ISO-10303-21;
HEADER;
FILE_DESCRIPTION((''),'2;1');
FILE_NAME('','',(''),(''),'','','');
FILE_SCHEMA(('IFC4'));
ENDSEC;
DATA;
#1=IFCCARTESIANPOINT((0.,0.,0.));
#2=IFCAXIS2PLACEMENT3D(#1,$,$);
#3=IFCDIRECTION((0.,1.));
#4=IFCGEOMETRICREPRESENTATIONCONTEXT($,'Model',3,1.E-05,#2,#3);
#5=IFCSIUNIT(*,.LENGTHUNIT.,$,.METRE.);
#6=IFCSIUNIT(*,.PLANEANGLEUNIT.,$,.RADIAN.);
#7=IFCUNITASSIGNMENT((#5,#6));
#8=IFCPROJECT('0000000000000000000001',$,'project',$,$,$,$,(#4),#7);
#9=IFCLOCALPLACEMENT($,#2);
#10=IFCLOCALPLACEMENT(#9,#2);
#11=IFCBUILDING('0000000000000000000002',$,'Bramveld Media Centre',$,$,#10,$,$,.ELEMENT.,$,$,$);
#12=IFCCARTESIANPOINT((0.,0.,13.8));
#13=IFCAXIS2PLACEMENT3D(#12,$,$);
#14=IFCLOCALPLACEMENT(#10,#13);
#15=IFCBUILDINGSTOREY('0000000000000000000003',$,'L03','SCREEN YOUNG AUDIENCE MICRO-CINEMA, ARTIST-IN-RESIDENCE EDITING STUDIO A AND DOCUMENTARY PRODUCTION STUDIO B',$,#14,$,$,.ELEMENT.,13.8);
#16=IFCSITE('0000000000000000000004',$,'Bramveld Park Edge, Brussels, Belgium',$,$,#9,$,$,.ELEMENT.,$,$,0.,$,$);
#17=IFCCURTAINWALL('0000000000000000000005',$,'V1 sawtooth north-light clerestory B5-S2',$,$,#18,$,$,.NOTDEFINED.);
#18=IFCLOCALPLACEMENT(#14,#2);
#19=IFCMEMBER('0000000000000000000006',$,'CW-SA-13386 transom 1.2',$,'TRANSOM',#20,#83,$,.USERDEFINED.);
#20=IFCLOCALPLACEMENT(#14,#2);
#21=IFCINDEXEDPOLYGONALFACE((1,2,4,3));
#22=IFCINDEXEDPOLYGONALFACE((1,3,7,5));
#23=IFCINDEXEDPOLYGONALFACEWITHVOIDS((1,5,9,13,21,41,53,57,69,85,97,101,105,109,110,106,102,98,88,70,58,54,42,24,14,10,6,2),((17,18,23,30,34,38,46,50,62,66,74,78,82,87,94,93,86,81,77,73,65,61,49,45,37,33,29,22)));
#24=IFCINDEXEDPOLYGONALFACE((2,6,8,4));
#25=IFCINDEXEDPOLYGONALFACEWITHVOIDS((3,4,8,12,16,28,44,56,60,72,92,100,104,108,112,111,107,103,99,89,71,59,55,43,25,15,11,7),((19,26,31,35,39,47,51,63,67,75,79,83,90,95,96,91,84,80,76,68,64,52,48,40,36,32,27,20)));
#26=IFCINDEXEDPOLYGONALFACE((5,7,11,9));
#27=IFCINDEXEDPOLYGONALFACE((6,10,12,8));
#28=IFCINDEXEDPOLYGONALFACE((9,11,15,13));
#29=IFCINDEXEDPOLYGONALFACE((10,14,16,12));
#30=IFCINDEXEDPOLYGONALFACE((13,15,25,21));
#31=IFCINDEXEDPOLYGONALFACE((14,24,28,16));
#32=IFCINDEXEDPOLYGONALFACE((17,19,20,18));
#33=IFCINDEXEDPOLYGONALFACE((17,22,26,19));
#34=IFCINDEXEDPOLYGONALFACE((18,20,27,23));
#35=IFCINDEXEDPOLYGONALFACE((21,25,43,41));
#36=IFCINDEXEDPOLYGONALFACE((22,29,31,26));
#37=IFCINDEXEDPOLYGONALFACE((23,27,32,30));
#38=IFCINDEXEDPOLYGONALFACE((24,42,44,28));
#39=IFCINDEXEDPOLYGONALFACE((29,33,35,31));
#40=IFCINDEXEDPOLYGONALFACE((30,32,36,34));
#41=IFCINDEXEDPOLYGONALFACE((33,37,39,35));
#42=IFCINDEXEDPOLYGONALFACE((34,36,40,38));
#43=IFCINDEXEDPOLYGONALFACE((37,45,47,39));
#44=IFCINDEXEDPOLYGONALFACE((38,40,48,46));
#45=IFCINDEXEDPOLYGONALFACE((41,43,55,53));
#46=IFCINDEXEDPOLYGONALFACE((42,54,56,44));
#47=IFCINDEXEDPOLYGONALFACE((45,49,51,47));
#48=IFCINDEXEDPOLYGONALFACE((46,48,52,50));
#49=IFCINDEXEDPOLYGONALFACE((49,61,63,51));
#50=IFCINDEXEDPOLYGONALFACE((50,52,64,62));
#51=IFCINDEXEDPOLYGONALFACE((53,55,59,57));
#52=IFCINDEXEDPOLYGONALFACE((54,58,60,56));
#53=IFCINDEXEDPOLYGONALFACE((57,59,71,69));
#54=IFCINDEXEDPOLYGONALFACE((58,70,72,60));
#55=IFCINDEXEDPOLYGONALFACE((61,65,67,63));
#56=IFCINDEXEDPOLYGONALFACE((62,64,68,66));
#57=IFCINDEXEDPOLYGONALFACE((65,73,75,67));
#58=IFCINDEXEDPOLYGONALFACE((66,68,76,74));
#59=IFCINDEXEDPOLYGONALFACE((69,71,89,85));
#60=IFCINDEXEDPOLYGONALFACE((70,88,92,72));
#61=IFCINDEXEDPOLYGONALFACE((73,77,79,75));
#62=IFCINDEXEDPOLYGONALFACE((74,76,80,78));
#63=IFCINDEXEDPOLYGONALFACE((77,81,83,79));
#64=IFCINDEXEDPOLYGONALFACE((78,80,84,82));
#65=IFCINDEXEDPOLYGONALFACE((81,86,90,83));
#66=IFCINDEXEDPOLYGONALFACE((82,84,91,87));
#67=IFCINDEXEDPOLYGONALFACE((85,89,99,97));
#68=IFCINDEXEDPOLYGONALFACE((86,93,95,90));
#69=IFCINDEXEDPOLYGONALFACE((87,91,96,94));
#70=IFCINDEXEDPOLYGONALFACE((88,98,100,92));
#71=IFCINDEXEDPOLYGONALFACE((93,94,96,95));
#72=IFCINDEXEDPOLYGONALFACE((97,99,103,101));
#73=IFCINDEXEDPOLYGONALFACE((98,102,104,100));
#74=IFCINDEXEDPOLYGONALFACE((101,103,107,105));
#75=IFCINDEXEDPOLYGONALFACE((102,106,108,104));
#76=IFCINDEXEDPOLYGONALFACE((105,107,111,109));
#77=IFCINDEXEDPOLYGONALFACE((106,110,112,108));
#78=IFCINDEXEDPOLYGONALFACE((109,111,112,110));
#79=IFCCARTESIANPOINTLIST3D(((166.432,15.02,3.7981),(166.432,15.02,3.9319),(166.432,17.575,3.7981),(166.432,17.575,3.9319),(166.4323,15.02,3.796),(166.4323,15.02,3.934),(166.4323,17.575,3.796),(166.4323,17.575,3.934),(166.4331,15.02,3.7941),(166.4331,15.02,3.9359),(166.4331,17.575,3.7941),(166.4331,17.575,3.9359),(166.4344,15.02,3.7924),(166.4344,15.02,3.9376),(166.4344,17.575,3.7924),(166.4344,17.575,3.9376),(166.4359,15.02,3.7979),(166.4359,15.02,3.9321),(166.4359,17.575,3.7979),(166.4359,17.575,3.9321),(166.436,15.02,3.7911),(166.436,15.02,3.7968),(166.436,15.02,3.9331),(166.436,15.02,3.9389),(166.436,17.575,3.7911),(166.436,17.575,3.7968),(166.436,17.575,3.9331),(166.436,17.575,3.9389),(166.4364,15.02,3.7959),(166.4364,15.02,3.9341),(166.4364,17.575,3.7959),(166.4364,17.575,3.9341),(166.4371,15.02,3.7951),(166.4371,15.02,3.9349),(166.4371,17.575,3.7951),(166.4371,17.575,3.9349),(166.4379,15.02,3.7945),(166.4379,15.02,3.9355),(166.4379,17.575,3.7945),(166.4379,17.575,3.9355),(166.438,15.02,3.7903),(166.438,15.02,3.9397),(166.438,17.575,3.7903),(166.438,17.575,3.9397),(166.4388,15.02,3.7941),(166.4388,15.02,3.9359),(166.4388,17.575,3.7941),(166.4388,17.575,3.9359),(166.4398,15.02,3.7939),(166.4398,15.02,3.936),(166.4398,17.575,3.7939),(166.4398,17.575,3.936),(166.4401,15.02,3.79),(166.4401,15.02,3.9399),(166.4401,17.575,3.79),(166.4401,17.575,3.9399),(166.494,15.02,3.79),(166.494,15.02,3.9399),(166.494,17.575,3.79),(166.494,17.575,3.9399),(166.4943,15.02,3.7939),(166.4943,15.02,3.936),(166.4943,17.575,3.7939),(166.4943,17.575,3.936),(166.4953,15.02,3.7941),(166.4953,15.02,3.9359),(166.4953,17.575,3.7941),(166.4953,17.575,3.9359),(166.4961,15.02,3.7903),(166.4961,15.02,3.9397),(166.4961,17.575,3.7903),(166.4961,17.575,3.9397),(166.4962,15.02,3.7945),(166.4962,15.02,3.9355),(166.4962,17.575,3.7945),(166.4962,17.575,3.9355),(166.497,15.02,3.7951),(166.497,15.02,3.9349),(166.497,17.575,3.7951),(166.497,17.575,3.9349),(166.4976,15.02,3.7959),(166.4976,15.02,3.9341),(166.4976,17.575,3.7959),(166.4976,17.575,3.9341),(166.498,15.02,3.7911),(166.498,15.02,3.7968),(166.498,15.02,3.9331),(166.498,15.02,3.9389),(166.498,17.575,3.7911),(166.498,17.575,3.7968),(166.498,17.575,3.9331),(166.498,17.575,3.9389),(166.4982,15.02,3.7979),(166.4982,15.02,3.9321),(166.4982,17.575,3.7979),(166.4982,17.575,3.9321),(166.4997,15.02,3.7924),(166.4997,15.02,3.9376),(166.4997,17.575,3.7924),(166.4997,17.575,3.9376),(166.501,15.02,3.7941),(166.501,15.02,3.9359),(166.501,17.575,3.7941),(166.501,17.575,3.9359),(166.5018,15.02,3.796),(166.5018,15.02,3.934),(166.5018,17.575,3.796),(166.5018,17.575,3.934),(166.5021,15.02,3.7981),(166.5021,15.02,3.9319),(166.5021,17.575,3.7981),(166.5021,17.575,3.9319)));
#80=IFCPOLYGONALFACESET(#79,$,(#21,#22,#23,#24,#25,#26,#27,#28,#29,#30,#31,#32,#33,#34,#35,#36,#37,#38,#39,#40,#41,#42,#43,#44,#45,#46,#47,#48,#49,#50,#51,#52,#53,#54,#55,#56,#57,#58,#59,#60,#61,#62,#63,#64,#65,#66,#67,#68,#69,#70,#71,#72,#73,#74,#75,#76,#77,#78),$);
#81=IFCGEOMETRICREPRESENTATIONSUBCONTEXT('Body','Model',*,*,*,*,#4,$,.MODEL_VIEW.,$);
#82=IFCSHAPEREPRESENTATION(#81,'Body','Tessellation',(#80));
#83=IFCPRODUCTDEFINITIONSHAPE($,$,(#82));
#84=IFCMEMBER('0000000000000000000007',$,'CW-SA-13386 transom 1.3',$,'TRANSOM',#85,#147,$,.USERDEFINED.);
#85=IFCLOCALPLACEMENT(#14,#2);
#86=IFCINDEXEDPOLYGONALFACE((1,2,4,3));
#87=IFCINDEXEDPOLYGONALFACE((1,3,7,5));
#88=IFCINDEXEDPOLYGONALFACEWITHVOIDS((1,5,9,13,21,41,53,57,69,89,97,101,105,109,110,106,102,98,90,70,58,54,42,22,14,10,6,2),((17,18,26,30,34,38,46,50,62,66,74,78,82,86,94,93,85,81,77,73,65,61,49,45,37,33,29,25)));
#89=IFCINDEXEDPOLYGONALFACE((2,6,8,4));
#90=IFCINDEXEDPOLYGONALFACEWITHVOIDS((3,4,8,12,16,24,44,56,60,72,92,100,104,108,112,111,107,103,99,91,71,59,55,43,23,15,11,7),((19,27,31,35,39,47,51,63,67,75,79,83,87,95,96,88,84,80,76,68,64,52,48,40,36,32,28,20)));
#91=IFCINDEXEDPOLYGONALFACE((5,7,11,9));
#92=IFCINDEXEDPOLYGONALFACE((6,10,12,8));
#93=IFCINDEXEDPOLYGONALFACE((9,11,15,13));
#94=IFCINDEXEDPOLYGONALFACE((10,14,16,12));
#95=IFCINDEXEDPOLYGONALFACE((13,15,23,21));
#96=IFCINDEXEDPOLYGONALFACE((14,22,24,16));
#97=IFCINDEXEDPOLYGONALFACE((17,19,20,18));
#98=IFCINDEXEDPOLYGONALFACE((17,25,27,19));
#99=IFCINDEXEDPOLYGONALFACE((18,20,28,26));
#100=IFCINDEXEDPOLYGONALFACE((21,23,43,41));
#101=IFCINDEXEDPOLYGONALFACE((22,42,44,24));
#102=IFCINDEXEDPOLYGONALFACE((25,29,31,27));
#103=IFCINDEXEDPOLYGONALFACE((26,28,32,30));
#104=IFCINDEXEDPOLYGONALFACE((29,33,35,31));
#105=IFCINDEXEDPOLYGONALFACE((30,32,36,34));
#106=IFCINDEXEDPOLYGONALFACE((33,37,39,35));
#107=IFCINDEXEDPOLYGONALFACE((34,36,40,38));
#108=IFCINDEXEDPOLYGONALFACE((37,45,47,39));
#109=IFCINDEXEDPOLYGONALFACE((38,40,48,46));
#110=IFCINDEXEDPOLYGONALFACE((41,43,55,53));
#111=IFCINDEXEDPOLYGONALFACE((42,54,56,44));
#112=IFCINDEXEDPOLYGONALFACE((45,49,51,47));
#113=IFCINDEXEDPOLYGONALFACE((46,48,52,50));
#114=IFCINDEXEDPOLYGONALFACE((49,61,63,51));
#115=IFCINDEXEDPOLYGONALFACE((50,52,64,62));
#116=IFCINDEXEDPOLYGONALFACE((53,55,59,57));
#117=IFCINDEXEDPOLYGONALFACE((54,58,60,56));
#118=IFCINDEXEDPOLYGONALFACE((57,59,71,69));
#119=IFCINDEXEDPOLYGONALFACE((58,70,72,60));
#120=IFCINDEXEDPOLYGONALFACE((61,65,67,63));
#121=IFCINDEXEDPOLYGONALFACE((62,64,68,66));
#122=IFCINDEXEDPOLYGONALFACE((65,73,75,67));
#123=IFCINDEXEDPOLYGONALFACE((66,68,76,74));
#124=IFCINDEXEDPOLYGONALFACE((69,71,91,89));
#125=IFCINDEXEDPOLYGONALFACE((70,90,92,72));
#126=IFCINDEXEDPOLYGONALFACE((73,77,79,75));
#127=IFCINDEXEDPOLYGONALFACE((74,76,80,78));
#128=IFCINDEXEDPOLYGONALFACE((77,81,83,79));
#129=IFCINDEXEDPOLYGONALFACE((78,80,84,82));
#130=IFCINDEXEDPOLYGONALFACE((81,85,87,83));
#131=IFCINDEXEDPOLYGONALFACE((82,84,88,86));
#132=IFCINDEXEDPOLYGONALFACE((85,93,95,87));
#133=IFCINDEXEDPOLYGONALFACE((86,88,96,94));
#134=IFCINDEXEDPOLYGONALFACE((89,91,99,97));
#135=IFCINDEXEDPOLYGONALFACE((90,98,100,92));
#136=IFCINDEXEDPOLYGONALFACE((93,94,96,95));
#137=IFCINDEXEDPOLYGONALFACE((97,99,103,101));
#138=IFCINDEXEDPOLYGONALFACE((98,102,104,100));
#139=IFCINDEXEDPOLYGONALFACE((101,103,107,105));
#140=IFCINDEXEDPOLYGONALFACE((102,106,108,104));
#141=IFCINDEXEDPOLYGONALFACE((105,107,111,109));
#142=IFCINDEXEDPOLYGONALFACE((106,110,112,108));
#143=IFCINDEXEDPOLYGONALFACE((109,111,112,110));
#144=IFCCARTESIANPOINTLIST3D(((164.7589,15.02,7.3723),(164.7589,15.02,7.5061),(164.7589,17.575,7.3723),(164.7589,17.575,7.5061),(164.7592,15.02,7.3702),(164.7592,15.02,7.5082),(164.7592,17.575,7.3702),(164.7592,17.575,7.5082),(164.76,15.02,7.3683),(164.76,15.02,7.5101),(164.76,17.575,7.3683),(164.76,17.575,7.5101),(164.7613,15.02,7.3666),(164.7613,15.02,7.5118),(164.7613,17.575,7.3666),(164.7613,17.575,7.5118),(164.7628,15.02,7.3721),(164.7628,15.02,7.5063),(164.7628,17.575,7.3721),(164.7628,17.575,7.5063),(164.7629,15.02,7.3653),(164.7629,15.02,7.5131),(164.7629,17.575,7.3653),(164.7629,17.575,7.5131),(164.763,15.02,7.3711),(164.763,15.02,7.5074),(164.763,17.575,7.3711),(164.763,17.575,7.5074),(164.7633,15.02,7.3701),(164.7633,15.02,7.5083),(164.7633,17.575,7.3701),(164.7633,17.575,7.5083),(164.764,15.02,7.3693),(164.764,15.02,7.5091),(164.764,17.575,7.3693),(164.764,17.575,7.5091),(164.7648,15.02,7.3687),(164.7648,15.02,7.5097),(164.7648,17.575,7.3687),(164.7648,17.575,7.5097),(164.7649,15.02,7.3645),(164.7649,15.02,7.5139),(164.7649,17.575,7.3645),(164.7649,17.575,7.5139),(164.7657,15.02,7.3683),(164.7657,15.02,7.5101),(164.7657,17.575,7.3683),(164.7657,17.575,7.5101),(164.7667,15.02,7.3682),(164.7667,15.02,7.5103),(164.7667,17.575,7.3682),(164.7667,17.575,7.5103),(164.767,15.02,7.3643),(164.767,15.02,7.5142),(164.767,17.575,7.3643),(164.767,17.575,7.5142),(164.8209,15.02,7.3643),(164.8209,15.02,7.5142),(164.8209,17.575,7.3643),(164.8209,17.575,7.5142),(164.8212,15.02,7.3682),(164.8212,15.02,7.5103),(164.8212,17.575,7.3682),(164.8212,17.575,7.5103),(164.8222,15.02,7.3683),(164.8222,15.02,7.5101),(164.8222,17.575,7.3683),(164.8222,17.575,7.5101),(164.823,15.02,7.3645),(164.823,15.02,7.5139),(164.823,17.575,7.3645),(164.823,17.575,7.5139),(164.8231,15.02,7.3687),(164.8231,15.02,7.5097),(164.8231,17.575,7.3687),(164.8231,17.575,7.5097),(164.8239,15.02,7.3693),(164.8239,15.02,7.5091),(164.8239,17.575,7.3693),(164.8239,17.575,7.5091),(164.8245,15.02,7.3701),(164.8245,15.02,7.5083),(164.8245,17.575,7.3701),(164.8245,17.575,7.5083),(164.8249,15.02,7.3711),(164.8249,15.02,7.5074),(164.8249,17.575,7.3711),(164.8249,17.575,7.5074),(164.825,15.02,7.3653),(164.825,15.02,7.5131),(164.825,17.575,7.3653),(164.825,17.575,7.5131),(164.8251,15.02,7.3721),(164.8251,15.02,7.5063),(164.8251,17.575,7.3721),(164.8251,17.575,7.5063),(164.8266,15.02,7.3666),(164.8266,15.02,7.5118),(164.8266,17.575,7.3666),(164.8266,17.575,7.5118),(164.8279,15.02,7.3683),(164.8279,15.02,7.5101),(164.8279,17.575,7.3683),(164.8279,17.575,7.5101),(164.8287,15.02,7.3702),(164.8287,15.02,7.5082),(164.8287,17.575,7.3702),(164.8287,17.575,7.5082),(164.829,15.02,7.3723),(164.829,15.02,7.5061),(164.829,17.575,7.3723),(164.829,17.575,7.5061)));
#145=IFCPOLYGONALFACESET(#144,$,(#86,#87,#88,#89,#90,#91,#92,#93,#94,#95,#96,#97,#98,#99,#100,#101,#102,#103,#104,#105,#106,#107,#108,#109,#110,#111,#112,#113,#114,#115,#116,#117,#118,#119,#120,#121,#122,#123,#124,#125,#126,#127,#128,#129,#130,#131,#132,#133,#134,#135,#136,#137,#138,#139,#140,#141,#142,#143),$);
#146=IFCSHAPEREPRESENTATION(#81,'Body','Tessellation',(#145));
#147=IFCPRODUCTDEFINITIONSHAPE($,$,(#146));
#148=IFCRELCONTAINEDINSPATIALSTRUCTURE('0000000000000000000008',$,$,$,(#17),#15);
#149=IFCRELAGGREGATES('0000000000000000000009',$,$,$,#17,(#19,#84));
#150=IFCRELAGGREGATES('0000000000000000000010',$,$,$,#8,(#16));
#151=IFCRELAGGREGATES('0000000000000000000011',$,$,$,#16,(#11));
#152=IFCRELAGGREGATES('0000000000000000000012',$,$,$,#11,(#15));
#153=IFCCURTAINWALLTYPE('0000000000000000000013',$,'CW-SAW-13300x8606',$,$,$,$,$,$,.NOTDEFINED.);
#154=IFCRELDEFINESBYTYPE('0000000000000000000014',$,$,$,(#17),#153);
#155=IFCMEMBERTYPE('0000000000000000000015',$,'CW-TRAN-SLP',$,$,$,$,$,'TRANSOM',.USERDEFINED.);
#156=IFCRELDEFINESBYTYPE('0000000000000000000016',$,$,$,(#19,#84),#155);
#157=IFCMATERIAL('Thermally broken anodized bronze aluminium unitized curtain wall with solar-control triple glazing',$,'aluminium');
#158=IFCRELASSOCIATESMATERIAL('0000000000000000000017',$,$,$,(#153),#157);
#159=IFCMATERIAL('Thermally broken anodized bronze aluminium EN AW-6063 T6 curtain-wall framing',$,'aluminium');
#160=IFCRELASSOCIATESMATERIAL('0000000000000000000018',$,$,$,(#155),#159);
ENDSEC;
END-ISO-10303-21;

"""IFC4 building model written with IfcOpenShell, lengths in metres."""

from ifc_helpers import new_model, si_unit, direction, frame, origin, origin_2d, place, context, subcontext, project, spatial, hollow_rectangle, extrude, material, material_profile, profile_set, type_object, element, aggregate, save


model = new_model("IFC4")

# Units and contexts
model_context = context("Model", 3, precision=1e-05, world=origin(), true_north=direction((0.0, 1.0)))
body_context = subcontext(model_context, "Body", "Model", "MODEL_VIEW")
ifc_project = project(units=[si_unit("LENGTHUNIT", "METRE"), si_unit("PLANEANGLEUNIT", "RADIAN")], contexts=[model_context])

# Site, building, storey
site_placement = place(None, origin())
site = spatial("IfcSite", under=ifc_project, at=site_placement, Name="Bramveld Park Edge, Brussels, Belgium", CompositionType="ELEMENT", RefElevation=0.0)
building_placement = place(site_placement, origin())
building = spatial("IfcBuilding", under=site, at=building_placement, Name="Bramveld Media Centre", CompositionType="ELEMENT")
storey_placement = place(building_placement, frame((0.0, 0.0, 13.8)))
storey = spatial("IfcBuildingStorey", under=building, at=storey_placement, Name="L03", Description="SCREEN YOUNG AUDIENCE MICRO-CINEMA, ARTIST-IN-RESIDENCE EDITING STUDIO A AND DOCUMENTARY PRODUCTION STUDIO B", CompositionType="ELEMENT", Elevation=13.8)

# Curtain wall
ifc_material_1 = material(Name="Thermally broken anodized bronze aluminium unitized curtain wall with solar-control triple glazing", Category="aluminium")
curtain_wall_type = type_object("IfcCurtainWallType", Name="CW-SAW-13300x8606", PredefinedType="NOTDEFINED", material=ifc_material_1)
curtain_wall_1_placement = place(storey_placement, origin())
curtain_wall_1 = element("IfcCurtainWall", 1, at=curtain_wall_1_placement, inside=storey, type_object=curtain_wall_type, Name="V1 sawtooth north-light clerestory B5-S2", PredefinedType="NOTDEFINED")

# Members
ifc_material_2 = material(Name="Thermally broken anodized bronze aluminium EN AW-6063 T6 curtain-wall framing", Category="aluminium")
ifc_material_profile_1 = material_profile(ifc_material_2, hollow_rectangle(XDim=0.0701, YDim=0.1499, WallThickness=0.0039, InnerFilletRadius=0.0039, OuterFilletRadius=0.0081, at=origin_2d()), Name="AL-TRAN 70x150")
ifc_profile_set_1 = profile_set([ifc_material_profile_1], Name="Thermally broken anodized bronze aluminium EN AW-6063 T6 curtain-wall framing")
member_type_1 = type_object("IfcMemberType", Name="CW-TRAN-SLP", ElementType="TRANSOM", PredefinedType="USERDEFINED", material=ifc_profile_set_1)
member_1_placement = place(storey_placement, frame((166.467, 15.02, 3.865), z_axis=(0.0, 1.0, 0.0), x_axis=(-1.0, 0.0, 0.0)))
member_1 = element("IfcMember", 2, at=member_1_placement, type_object=member_type_1, Name="CW-SA-13386 transom 1.2", ObjectType="TRANSOM", PredefinedType="USERDEFINED", context=body_context, shape_type="SweptSolid", body=[
    extrude(hollow_rectangle(XDim=0.0701, YDim=0.1499, WallThickness=0.0039, InnerFilletRadius=0.0039, OuterFilletRadius=0.0081, at=origin_2d()), origin(), (0.0, 0.0, 1.0), 2.5549),
])
member_2_placement = place(storey_placement, frame((164.7939, 15.02, 7.4392), z_axis=(0.0, 1.0, 0.0), x_axis=(-1.0, 0.0, 0.0)))
member_2 = element("IfcMember", 3, at=member_2_placement, type_object=member_type_1, Name="CW-SA-13386 transom 1.3", ObjectType="TRANSOM", PredefinedType="USERDEFINED", context=body_context, shape_type="SweptSolid", body=[
    extrude(hollow_rectangle(XDim=0.0701, YDim=0.1499, WallThickness=0.0039, InnerFilletRadius=0.0039, OuterFilletRadius=0.0081, at=origin_2d()), origin(), (0.0, 0.0, 1.0), 2.5549),
])

aggregate(curtain_wall_1, [member_1, member_2])

save(model, "model.ifc")
